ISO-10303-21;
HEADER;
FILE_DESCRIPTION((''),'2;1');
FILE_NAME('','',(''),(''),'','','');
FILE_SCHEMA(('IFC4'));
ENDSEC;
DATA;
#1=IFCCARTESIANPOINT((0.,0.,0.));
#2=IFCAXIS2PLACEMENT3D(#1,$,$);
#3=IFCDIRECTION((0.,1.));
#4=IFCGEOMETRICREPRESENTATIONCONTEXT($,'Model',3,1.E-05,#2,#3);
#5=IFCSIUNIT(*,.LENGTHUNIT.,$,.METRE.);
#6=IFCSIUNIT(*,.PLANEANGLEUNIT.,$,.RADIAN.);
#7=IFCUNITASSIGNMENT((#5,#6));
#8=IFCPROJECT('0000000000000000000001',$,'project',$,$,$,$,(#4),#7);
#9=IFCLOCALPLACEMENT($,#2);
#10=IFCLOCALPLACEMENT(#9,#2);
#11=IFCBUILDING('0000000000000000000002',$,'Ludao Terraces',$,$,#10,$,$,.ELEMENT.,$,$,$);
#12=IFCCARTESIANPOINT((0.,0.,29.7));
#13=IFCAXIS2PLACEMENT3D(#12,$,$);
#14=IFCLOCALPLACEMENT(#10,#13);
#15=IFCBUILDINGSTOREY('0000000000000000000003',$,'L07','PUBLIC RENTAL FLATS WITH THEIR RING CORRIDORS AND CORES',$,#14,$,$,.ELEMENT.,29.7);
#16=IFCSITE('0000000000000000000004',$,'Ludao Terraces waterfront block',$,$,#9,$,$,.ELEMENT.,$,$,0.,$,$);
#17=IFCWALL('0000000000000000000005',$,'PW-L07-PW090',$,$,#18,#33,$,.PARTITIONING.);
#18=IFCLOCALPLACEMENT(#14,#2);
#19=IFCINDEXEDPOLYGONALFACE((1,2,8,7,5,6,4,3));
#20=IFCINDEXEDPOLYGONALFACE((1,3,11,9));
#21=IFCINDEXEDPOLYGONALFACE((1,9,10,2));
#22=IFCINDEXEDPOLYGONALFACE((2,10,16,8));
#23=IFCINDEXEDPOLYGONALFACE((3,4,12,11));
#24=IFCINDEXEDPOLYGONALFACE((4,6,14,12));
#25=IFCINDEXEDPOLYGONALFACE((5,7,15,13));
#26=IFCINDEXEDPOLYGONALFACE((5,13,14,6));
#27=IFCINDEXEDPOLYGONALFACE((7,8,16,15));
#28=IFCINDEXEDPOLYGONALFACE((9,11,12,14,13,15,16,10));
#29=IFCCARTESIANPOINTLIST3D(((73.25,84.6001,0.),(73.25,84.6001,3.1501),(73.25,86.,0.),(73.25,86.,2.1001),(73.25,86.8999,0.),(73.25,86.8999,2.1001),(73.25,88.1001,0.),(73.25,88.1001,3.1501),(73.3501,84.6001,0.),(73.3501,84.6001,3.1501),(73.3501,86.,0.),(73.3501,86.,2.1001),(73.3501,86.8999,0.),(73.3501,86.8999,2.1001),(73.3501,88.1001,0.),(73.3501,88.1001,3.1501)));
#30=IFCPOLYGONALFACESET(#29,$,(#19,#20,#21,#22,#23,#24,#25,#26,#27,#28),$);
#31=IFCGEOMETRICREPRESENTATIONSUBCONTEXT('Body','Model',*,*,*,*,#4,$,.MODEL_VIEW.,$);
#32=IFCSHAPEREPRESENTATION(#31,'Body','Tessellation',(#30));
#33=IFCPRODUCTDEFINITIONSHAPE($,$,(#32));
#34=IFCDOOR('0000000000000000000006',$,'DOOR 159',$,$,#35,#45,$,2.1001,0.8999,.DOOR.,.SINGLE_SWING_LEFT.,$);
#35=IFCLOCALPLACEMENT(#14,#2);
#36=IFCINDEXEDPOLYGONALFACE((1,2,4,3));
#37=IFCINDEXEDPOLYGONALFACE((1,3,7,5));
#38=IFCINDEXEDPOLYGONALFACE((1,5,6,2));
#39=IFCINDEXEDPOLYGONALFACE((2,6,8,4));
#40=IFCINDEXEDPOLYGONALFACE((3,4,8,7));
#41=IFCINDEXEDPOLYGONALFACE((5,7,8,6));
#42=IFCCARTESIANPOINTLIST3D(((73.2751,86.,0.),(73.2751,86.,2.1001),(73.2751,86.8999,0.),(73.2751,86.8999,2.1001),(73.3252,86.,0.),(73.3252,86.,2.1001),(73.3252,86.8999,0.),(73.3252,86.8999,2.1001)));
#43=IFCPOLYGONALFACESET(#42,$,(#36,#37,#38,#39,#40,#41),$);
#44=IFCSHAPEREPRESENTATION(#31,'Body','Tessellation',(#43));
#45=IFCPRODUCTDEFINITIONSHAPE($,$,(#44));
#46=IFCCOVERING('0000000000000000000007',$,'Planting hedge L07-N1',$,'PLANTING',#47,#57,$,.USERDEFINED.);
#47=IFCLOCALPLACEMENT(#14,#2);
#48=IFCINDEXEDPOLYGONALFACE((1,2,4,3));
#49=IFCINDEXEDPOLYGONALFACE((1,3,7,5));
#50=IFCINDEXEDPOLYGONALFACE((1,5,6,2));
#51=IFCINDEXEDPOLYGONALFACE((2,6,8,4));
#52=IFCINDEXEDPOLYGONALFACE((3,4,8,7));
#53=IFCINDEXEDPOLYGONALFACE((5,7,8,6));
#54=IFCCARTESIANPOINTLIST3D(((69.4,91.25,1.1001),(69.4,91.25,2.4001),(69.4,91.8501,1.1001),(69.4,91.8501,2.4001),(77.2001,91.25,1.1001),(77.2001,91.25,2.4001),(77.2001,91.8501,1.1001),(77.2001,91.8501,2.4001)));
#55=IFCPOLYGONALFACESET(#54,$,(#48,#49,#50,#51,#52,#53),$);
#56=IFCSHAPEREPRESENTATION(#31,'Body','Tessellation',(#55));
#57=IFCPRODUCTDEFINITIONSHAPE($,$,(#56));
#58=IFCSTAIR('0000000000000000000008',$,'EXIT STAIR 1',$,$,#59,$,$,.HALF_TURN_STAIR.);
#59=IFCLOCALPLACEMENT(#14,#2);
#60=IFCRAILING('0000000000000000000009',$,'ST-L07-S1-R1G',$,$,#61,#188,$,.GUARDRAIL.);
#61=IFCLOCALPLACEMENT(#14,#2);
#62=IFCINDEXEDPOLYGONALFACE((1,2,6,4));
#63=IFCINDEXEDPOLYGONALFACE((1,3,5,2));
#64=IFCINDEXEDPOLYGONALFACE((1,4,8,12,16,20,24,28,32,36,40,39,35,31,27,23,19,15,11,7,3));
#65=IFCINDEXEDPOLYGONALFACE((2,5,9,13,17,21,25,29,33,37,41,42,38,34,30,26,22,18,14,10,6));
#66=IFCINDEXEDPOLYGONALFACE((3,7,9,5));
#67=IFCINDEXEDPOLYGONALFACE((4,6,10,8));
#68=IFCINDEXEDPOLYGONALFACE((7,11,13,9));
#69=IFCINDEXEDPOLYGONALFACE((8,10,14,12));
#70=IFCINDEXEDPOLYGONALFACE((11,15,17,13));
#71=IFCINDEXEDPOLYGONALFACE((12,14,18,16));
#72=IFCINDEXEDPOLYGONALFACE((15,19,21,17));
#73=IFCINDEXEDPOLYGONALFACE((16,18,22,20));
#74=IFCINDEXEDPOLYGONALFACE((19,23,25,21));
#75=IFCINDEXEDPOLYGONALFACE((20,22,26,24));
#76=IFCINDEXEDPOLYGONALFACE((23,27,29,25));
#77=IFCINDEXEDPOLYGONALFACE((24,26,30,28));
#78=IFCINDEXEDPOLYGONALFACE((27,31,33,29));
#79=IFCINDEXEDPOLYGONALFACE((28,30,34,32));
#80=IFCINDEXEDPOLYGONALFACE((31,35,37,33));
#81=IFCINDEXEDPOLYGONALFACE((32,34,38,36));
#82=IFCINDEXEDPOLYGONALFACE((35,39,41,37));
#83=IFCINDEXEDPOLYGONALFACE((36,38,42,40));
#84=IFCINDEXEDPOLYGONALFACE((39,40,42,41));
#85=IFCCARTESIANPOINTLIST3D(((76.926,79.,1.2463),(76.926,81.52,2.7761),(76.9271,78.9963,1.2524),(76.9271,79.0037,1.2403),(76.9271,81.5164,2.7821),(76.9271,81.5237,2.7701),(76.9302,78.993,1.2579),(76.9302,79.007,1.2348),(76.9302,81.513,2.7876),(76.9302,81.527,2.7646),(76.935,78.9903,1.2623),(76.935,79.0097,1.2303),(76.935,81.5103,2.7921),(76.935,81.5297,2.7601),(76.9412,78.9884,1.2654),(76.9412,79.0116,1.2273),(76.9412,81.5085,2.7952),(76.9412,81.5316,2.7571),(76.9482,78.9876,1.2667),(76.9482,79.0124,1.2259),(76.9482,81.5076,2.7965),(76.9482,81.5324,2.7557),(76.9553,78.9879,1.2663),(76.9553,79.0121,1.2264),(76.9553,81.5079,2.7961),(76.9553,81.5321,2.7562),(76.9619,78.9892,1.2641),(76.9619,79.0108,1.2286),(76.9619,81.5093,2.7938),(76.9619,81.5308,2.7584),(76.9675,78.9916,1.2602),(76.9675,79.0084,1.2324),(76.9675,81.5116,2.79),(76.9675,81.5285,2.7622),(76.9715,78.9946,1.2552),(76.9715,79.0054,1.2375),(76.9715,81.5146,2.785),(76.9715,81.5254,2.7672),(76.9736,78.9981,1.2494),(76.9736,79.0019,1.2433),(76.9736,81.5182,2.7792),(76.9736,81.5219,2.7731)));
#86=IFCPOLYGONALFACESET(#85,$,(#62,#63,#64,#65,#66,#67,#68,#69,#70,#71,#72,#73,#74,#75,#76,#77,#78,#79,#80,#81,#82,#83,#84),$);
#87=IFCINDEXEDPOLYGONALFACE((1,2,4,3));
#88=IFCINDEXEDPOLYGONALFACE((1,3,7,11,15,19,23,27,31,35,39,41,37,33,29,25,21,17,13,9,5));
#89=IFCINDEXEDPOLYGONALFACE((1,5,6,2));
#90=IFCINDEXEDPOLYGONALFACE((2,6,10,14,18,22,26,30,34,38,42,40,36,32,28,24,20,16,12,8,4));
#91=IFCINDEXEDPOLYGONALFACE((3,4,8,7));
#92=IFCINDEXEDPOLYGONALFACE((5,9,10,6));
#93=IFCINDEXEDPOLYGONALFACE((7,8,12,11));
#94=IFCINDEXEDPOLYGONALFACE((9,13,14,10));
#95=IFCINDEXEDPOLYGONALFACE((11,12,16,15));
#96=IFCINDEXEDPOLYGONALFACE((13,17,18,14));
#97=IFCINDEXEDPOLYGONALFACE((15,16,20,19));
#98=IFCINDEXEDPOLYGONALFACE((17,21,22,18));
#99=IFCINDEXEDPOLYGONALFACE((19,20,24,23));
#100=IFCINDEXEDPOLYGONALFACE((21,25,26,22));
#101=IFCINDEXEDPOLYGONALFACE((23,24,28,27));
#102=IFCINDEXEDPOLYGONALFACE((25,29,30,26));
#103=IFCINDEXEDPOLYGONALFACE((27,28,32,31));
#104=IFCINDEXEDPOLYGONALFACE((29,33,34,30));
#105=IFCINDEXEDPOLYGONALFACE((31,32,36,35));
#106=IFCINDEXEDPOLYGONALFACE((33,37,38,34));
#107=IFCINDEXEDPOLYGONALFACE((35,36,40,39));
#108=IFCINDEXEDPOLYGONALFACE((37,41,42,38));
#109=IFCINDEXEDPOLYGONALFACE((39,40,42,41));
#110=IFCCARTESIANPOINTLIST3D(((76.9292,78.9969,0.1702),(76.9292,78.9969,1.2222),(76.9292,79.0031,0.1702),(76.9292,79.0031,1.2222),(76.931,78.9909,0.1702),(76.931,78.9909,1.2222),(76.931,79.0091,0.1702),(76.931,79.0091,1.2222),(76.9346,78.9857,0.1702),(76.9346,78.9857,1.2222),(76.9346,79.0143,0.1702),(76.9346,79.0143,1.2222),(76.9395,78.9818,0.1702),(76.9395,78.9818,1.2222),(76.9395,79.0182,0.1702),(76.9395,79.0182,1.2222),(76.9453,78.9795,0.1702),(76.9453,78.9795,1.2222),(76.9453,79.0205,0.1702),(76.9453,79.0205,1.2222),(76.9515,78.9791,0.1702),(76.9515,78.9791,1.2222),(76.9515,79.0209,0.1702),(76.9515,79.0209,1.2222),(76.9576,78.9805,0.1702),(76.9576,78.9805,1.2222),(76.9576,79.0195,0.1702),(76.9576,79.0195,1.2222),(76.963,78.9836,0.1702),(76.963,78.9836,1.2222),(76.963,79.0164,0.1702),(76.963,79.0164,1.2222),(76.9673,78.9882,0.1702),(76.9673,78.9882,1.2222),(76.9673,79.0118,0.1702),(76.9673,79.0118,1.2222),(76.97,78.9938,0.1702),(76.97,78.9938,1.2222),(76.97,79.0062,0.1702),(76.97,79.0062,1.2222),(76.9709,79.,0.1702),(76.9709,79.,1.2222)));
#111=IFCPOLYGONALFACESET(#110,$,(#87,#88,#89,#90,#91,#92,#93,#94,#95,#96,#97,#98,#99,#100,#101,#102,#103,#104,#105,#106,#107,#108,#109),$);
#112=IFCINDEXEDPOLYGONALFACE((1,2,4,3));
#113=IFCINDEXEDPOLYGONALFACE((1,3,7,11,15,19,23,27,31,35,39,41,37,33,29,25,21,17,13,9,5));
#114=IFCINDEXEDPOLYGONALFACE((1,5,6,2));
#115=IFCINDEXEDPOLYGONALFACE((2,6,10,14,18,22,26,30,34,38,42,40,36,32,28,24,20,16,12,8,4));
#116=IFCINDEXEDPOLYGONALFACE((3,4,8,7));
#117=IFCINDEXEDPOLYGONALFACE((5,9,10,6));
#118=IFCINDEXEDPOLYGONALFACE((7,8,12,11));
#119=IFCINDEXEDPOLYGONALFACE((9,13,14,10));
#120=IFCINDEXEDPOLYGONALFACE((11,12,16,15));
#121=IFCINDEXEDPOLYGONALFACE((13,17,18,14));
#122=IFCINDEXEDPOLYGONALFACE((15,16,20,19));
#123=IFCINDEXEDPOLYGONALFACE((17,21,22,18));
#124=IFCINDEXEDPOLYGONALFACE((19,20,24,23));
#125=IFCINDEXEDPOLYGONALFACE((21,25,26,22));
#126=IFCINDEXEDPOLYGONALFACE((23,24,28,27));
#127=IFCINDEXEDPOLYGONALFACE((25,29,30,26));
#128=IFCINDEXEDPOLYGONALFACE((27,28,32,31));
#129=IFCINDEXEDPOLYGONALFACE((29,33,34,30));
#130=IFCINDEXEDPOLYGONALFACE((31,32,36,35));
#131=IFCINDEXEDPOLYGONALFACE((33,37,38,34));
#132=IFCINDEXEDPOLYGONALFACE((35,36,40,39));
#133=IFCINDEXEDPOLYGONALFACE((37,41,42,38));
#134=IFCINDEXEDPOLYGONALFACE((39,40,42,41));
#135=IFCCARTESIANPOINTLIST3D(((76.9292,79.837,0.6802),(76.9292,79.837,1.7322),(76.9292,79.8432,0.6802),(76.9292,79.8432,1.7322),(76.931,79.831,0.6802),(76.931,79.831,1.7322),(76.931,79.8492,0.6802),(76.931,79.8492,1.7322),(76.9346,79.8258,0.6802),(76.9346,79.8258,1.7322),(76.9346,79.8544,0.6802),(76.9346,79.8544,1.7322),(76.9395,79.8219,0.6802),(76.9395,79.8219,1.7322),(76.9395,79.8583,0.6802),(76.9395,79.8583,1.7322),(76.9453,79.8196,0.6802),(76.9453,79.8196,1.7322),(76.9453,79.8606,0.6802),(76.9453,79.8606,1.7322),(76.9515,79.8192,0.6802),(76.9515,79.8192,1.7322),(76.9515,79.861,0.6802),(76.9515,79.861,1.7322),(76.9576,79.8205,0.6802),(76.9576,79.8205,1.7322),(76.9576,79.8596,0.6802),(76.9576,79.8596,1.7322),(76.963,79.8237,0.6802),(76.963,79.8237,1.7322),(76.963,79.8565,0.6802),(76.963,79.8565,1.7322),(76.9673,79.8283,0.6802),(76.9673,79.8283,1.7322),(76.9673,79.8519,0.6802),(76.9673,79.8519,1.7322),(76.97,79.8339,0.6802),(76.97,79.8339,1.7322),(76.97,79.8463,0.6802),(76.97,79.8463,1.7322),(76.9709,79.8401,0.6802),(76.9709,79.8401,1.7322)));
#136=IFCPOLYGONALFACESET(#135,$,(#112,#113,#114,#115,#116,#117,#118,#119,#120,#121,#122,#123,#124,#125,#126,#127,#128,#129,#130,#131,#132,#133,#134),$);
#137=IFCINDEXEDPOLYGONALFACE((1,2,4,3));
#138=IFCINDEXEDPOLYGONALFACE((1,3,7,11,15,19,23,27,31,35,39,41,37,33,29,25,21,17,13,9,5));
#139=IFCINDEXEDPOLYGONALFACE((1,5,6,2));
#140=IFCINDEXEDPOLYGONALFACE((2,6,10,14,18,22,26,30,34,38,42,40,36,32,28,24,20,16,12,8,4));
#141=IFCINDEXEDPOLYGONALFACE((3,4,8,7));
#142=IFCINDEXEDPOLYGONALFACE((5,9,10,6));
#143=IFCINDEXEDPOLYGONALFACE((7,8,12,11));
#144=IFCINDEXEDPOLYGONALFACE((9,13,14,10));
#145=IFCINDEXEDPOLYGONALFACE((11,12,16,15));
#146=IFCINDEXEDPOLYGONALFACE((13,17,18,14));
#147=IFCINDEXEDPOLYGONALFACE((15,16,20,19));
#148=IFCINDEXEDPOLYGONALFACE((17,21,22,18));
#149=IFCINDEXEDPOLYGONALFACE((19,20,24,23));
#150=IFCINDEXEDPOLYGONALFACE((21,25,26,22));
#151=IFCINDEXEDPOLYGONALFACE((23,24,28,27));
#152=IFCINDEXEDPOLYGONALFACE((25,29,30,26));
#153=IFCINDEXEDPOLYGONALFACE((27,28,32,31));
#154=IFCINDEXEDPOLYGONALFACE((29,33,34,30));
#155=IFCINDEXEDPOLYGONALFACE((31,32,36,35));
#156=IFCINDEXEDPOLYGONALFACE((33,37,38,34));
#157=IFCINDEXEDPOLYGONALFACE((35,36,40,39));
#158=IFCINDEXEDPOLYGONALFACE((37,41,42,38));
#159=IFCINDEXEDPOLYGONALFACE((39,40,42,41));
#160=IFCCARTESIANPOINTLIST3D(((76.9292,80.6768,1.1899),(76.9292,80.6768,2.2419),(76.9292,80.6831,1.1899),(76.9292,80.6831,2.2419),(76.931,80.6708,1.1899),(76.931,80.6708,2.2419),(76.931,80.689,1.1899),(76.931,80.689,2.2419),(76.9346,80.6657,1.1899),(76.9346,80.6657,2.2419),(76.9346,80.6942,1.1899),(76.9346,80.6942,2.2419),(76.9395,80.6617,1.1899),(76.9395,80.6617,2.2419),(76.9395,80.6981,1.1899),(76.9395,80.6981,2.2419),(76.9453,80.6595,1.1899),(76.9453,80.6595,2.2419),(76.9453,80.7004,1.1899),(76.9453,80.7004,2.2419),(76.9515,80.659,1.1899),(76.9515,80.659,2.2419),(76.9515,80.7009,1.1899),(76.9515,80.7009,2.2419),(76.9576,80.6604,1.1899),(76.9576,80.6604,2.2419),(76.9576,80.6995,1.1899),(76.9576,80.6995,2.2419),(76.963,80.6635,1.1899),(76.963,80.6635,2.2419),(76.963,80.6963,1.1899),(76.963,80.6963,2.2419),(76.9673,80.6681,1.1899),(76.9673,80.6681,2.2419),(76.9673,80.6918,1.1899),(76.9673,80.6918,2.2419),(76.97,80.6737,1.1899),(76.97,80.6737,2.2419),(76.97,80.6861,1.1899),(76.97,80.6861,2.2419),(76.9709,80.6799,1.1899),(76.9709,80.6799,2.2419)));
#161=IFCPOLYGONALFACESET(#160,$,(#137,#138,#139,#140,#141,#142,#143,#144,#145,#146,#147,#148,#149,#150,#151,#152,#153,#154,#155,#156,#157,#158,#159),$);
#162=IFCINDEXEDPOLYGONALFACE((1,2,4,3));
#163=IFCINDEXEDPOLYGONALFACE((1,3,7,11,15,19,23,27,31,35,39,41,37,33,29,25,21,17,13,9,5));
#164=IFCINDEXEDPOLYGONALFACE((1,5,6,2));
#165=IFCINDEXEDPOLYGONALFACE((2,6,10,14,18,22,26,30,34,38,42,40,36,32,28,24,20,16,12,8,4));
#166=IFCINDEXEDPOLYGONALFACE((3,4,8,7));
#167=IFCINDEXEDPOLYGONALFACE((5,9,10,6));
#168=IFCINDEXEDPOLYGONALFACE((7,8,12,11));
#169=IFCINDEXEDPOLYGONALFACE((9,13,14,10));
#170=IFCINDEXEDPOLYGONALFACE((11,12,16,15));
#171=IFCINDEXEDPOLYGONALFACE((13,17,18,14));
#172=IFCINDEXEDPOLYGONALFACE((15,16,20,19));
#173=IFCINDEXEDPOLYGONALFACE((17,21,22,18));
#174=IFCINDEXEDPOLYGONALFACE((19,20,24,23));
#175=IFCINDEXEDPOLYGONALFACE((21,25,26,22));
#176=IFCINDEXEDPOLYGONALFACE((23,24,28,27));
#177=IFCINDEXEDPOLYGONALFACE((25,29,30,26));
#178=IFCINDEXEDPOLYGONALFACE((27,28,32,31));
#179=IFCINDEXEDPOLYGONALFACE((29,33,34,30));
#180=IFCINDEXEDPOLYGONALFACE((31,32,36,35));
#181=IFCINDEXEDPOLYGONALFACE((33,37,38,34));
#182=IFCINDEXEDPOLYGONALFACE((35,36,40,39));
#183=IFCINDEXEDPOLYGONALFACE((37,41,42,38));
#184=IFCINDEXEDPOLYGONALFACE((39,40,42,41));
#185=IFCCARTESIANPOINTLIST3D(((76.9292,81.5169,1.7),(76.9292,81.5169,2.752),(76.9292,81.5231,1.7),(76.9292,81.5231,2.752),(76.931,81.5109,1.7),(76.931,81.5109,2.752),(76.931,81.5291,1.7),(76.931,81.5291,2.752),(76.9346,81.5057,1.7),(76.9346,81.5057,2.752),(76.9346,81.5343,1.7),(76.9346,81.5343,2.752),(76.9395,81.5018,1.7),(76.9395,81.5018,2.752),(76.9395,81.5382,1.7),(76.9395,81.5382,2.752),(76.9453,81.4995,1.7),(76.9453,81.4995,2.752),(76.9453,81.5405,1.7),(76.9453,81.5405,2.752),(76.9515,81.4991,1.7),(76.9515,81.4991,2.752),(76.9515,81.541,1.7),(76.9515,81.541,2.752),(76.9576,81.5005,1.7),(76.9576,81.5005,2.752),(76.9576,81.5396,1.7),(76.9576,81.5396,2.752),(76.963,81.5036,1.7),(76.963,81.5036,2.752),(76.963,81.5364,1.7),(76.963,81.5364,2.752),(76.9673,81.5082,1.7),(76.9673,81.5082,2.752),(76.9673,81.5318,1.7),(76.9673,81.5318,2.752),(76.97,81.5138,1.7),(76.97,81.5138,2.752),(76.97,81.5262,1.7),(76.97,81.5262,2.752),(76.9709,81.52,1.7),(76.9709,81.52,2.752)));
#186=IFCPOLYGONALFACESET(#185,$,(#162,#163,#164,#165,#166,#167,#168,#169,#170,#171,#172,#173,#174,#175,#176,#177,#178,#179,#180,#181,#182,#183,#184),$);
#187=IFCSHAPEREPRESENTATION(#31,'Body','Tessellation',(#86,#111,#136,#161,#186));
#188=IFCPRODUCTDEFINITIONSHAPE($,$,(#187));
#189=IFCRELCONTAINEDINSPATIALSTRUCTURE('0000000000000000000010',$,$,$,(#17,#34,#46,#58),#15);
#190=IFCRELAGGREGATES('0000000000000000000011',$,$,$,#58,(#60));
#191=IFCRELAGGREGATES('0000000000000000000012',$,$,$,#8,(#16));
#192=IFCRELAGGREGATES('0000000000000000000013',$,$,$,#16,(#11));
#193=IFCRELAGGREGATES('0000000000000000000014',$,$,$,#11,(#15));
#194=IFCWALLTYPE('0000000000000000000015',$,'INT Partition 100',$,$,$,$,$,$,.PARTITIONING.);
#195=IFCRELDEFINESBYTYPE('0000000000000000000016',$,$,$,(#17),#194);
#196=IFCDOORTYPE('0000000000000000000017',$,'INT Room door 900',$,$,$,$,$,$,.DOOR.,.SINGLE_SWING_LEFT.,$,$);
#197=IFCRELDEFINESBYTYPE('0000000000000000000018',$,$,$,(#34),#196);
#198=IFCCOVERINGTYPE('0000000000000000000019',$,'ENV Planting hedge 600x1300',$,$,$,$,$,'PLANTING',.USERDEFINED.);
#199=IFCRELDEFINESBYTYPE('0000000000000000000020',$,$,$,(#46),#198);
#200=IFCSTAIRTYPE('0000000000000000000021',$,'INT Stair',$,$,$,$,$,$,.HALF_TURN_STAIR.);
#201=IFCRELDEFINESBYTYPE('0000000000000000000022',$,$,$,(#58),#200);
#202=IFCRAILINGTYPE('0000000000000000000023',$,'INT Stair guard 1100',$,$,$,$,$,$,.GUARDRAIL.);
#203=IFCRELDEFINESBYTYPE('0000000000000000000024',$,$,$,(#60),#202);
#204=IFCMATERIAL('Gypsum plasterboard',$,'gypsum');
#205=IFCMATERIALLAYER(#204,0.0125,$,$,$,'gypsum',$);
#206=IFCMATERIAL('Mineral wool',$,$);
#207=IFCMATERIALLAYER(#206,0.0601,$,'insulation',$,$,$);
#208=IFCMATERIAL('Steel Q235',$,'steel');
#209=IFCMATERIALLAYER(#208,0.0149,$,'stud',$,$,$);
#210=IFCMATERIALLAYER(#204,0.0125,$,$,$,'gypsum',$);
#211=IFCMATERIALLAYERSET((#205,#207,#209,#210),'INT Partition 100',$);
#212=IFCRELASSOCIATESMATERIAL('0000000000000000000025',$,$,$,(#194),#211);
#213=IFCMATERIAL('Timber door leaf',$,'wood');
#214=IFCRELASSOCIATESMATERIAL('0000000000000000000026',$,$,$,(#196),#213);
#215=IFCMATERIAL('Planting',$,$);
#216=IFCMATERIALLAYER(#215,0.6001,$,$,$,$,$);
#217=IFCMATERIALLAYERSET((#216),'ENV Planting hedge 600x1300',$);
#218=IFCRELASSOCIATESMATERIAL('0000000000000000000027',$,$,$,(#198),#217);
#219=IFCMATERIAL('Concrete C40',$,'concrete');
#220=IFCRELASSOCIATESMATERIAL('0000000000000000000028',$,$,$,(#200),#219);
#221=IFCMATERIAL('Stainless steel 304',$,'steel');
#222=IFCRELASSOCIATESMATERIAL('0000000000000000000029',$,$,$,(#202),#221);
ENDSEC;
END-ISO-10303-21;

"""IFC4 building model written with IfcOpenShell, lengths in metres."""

from ifc_helpers import new_model, si_unit, direction, frame, frame_2d, origin, origin_2d, place, context, subcontext, project, spatial, rectangle, circle, extrude, material, layer, layer_set, type_object, element, fill, aggregate, save


model = new_model("IFC4")

# Units and contexts
model_context = context("Model", 3, precision=1e-05, world=origin(), true_north=direction((0.0, 1.0)))
body_context = subcontext(model_context, "Body", "Model", "MODEL_VIEW")
ifc_project = project(units=[si_unit("LENGTHUNIT", "METRE"), si_unit("PLANEANGLEUNIT", "RADIAN")], contexts=[model_context])

# Site, building, storey
site_placement = place(None, origin())
site = spatial("IfcSite", under=ifc_project, at=site_placement, Name="Ludao Terraces waterfront block", CompositionType="ELEMENT", RefElevation=0.0)
building_placement = place(site_placement, origin())
building = spatial("IfcBuilding", under=site, at=building_placement, Name="Ludao Terraces", CompositionType="ELEMENT")
storey_placement = place(building_placement, frame((0.0, 0.0, 29.7)))
storey = spatial("IfcBuildingStorey", under=building, at=storey_placement, Name="L07", Description="PUBLIC RENTAL FLATS WITH THEIR RING CORRIDORS AND CORES", CompositionType="ELEMENT", Elevation=29.7)

# Shared definitions
ifc_material_1 = material(Name="Concrete C40", Category="concrete")

# Shared definitions
ifc_material_2 = material(Name="Mineral wool")

# Shared definitions
ifc_material_3 = material(Name="Gypsum plasterboard", Category="gypsum")
ifc_layer_1 = layer(ifc_material_3, 0.0125, Category="gypsum")
ifc_layer_2 = layer(ifc_material_2, 0.0601, Name="insulation")
ifc_material_4 = material(Name="Steel Q235", Category="steel")
ifc_layer_3 = layer(ifc_material_4, 0.0149, Name="stud")
ifc_layer_4 = layer(ifc_material_3, 0.0125, Category="gypsum")
ifc_layer_set_1 = layer_set([ifc_layer_1, ifc_layer_2, ifc_layer_3, ifc_layer_4], Name="INT Partition 100")
wall_type_1 = type_object("IfcWallType", Name="INT Partition 100", PredefinedType="PARTITIONING", material=ifc_layer_set_1)

# Shared definitions
ifc_material_5 = material(Name="Timber door leaf", Category="wood")
door_type_1 = type_object("IfcDoorType", Name="INT Room door 900", OperationType="SINGLE_SWING_LEFT", PredefinedType="DOOR", material=ifc_material_5)

# Wall, opening, door
wall_1_placement = place(storey_placement, frame((73.3, 84.6001, 0.0), z_axis=(0.0, 0.0, 1.0), x_axis=(0.0, 1.0, 0.0)))
wall_1 = element("IfcWall", 1, at=wall_1_placement, inside=storey, type_object=wall_type_1, Name="PW-L07-PW090", PredefinedType="PARTITIONING", context=body_context, shape_type="SweptSolid", body=[
    extrude(rectangle(XDim=3.5, YDim=0.1001, at=frame_2d((1.75, 0.0))), origin(), (0.0, 0.0, 1.0), 3.1501),
])
opening_1_placement = place(wall_1_placement, frame((1.3999, 0.0, 0.0)))
opening_1 = element("IfcOpeningElement", 2, at=opening_1_placement, cuts=wall_1, PredefinedType="OPENING", context=body_context, shape_type="SweptSolid", body=[
    extrude(rectangle(XDim=0.8999, YDim=2.1001, at=frame_2d((0.45, 1.05))), frame((0.0, 0.0601, 0.0), z_axis=(0.0, -1.0, 0.0), x_axis=(1.0, 0.0, 0.0)), (0.0, 0.0, 1.0), 0.1201),
])
door_1_placement = place(opening_1_placement, origin())
door_1 = element("IfcDoor", 3, at=door_1_placement, inside=storey, type_object=door_type_1, Name="DOOR 159", OperationType="SINGLE_SWING_LEFT", OverallHeight=2.1001, OverallWidth=0.8999, PredefinedType="DOOR", context=body_context, shape_type="SweptSolid", body=[
    extrude(rectangle(XDim=0.8999, YDim=2.1001, at=frame_2d((0.45, 1.05))), frame((0.0, 0.0249, 0.0), z_axis=(0.0, -1.0, 0.0), x_axis=(1.0, 0.0, 0.0)), (0.0, 0.0, 1.0), 0.05),
])
fill(opening_1, door_1)

# Covering
ifc_material_6 = material(Name="Planting")
ifc_layer_5 = layer(ifc_material_6, 0.6001)
ifc_layer_set_2 = layer_set([ifc_layer_5], Name="ENV Planting hedge 600x1300")
covering_type = type_object("IfcCoveringType", Name="ENV Planting hedge 600x1300", ElementType="PLANTING", PredefinedType="USERDEFINED", material=ifc_layer_set_2)
covering_placement = place(storey_placement, frame((73.3, 91.55, 1.1001), z_axis=(0.0, 0.0, 1.0), x_axis=(1.0, 0.0, 0.0)))
element("IfcCovering", 4, at=covering_placement, inside=storey, type_object=covering_type, Name="Planting hedge L07-N1", ObjectType="PLANTING", PredefinedType="USERDEFINED", context=body_context, shape_type="SweptSolid", body=[
    extrude(rectangle(XDim=7.8, YDim=0.6001, at=origin_2d()), origin(), (0.0, 0.0, 1.0), 1.3),
])

# Stair, railing
stair_type = type_object("IfcStairType", Name="INT Stair", PredefinedType="HALF_TURN_STAIR", material=ifc_material_1)
stair_placement = place(storey_placement, origin())
stair = element("IfcStair", 5, at=stair_placement, inside=storey, type_object=stair_type, Name="EXIT STAIR 1", PredefinedType="HALF_TURN_STAIR")
ifc_material_7 = material(Name="Stainless steel 304", Category="steel")
railing_type_1 = type_object("IfcRailingType", Name="INT Stair guard 1100", PredefinedType="GUARDRAIL", material=ifc_material_7)
railing_1_placement = place(storey_placement, frame((76.95, 79.0, 0.1702)))
railing_1 = element("IfcRailing", 6, at=railing_1_placement, type_object=railing_type_1, Name="ST-L07-S1-R1G", PredefinedType="GUARDRAIL", context=body_context, shape_type="SweptSolid", body=[
    extrude(circle(Radius=0.0239, at=origin_2d()), frame((0.0, 0.0, 1.0762), z_axis=(0.0, 0.854822, 0.518922), x_axis=(-1.0, 0.0, 0.0)), (0.0, 0.0, 1.0), 2.948),
    extrude(circle(Radius=0.021, at=origin_2d()), origin(), (0.0, 0.0, 1.0), 1.052),
    extrude(circle(Radius=0.021, at=origin_2d()), frame((0.0, 0.8401, 0.51)), (0.0, 0.0, 1.0), 1.052),
    extrude(circle(Radius=0.021, at=origin_2d()), frame((0.0, 1.6799, 1.0198)), (0.0, 0.0, 1.0), 1.052),
    extrude(circle(Radius=0.021, at=origin_2d()), frame((0.0, 2.52, 1.5298)), (0.0, 0.0, 1.0), 1.052),
])
aggregate(stair, [railing_1])

save(model, "model.ifc")
